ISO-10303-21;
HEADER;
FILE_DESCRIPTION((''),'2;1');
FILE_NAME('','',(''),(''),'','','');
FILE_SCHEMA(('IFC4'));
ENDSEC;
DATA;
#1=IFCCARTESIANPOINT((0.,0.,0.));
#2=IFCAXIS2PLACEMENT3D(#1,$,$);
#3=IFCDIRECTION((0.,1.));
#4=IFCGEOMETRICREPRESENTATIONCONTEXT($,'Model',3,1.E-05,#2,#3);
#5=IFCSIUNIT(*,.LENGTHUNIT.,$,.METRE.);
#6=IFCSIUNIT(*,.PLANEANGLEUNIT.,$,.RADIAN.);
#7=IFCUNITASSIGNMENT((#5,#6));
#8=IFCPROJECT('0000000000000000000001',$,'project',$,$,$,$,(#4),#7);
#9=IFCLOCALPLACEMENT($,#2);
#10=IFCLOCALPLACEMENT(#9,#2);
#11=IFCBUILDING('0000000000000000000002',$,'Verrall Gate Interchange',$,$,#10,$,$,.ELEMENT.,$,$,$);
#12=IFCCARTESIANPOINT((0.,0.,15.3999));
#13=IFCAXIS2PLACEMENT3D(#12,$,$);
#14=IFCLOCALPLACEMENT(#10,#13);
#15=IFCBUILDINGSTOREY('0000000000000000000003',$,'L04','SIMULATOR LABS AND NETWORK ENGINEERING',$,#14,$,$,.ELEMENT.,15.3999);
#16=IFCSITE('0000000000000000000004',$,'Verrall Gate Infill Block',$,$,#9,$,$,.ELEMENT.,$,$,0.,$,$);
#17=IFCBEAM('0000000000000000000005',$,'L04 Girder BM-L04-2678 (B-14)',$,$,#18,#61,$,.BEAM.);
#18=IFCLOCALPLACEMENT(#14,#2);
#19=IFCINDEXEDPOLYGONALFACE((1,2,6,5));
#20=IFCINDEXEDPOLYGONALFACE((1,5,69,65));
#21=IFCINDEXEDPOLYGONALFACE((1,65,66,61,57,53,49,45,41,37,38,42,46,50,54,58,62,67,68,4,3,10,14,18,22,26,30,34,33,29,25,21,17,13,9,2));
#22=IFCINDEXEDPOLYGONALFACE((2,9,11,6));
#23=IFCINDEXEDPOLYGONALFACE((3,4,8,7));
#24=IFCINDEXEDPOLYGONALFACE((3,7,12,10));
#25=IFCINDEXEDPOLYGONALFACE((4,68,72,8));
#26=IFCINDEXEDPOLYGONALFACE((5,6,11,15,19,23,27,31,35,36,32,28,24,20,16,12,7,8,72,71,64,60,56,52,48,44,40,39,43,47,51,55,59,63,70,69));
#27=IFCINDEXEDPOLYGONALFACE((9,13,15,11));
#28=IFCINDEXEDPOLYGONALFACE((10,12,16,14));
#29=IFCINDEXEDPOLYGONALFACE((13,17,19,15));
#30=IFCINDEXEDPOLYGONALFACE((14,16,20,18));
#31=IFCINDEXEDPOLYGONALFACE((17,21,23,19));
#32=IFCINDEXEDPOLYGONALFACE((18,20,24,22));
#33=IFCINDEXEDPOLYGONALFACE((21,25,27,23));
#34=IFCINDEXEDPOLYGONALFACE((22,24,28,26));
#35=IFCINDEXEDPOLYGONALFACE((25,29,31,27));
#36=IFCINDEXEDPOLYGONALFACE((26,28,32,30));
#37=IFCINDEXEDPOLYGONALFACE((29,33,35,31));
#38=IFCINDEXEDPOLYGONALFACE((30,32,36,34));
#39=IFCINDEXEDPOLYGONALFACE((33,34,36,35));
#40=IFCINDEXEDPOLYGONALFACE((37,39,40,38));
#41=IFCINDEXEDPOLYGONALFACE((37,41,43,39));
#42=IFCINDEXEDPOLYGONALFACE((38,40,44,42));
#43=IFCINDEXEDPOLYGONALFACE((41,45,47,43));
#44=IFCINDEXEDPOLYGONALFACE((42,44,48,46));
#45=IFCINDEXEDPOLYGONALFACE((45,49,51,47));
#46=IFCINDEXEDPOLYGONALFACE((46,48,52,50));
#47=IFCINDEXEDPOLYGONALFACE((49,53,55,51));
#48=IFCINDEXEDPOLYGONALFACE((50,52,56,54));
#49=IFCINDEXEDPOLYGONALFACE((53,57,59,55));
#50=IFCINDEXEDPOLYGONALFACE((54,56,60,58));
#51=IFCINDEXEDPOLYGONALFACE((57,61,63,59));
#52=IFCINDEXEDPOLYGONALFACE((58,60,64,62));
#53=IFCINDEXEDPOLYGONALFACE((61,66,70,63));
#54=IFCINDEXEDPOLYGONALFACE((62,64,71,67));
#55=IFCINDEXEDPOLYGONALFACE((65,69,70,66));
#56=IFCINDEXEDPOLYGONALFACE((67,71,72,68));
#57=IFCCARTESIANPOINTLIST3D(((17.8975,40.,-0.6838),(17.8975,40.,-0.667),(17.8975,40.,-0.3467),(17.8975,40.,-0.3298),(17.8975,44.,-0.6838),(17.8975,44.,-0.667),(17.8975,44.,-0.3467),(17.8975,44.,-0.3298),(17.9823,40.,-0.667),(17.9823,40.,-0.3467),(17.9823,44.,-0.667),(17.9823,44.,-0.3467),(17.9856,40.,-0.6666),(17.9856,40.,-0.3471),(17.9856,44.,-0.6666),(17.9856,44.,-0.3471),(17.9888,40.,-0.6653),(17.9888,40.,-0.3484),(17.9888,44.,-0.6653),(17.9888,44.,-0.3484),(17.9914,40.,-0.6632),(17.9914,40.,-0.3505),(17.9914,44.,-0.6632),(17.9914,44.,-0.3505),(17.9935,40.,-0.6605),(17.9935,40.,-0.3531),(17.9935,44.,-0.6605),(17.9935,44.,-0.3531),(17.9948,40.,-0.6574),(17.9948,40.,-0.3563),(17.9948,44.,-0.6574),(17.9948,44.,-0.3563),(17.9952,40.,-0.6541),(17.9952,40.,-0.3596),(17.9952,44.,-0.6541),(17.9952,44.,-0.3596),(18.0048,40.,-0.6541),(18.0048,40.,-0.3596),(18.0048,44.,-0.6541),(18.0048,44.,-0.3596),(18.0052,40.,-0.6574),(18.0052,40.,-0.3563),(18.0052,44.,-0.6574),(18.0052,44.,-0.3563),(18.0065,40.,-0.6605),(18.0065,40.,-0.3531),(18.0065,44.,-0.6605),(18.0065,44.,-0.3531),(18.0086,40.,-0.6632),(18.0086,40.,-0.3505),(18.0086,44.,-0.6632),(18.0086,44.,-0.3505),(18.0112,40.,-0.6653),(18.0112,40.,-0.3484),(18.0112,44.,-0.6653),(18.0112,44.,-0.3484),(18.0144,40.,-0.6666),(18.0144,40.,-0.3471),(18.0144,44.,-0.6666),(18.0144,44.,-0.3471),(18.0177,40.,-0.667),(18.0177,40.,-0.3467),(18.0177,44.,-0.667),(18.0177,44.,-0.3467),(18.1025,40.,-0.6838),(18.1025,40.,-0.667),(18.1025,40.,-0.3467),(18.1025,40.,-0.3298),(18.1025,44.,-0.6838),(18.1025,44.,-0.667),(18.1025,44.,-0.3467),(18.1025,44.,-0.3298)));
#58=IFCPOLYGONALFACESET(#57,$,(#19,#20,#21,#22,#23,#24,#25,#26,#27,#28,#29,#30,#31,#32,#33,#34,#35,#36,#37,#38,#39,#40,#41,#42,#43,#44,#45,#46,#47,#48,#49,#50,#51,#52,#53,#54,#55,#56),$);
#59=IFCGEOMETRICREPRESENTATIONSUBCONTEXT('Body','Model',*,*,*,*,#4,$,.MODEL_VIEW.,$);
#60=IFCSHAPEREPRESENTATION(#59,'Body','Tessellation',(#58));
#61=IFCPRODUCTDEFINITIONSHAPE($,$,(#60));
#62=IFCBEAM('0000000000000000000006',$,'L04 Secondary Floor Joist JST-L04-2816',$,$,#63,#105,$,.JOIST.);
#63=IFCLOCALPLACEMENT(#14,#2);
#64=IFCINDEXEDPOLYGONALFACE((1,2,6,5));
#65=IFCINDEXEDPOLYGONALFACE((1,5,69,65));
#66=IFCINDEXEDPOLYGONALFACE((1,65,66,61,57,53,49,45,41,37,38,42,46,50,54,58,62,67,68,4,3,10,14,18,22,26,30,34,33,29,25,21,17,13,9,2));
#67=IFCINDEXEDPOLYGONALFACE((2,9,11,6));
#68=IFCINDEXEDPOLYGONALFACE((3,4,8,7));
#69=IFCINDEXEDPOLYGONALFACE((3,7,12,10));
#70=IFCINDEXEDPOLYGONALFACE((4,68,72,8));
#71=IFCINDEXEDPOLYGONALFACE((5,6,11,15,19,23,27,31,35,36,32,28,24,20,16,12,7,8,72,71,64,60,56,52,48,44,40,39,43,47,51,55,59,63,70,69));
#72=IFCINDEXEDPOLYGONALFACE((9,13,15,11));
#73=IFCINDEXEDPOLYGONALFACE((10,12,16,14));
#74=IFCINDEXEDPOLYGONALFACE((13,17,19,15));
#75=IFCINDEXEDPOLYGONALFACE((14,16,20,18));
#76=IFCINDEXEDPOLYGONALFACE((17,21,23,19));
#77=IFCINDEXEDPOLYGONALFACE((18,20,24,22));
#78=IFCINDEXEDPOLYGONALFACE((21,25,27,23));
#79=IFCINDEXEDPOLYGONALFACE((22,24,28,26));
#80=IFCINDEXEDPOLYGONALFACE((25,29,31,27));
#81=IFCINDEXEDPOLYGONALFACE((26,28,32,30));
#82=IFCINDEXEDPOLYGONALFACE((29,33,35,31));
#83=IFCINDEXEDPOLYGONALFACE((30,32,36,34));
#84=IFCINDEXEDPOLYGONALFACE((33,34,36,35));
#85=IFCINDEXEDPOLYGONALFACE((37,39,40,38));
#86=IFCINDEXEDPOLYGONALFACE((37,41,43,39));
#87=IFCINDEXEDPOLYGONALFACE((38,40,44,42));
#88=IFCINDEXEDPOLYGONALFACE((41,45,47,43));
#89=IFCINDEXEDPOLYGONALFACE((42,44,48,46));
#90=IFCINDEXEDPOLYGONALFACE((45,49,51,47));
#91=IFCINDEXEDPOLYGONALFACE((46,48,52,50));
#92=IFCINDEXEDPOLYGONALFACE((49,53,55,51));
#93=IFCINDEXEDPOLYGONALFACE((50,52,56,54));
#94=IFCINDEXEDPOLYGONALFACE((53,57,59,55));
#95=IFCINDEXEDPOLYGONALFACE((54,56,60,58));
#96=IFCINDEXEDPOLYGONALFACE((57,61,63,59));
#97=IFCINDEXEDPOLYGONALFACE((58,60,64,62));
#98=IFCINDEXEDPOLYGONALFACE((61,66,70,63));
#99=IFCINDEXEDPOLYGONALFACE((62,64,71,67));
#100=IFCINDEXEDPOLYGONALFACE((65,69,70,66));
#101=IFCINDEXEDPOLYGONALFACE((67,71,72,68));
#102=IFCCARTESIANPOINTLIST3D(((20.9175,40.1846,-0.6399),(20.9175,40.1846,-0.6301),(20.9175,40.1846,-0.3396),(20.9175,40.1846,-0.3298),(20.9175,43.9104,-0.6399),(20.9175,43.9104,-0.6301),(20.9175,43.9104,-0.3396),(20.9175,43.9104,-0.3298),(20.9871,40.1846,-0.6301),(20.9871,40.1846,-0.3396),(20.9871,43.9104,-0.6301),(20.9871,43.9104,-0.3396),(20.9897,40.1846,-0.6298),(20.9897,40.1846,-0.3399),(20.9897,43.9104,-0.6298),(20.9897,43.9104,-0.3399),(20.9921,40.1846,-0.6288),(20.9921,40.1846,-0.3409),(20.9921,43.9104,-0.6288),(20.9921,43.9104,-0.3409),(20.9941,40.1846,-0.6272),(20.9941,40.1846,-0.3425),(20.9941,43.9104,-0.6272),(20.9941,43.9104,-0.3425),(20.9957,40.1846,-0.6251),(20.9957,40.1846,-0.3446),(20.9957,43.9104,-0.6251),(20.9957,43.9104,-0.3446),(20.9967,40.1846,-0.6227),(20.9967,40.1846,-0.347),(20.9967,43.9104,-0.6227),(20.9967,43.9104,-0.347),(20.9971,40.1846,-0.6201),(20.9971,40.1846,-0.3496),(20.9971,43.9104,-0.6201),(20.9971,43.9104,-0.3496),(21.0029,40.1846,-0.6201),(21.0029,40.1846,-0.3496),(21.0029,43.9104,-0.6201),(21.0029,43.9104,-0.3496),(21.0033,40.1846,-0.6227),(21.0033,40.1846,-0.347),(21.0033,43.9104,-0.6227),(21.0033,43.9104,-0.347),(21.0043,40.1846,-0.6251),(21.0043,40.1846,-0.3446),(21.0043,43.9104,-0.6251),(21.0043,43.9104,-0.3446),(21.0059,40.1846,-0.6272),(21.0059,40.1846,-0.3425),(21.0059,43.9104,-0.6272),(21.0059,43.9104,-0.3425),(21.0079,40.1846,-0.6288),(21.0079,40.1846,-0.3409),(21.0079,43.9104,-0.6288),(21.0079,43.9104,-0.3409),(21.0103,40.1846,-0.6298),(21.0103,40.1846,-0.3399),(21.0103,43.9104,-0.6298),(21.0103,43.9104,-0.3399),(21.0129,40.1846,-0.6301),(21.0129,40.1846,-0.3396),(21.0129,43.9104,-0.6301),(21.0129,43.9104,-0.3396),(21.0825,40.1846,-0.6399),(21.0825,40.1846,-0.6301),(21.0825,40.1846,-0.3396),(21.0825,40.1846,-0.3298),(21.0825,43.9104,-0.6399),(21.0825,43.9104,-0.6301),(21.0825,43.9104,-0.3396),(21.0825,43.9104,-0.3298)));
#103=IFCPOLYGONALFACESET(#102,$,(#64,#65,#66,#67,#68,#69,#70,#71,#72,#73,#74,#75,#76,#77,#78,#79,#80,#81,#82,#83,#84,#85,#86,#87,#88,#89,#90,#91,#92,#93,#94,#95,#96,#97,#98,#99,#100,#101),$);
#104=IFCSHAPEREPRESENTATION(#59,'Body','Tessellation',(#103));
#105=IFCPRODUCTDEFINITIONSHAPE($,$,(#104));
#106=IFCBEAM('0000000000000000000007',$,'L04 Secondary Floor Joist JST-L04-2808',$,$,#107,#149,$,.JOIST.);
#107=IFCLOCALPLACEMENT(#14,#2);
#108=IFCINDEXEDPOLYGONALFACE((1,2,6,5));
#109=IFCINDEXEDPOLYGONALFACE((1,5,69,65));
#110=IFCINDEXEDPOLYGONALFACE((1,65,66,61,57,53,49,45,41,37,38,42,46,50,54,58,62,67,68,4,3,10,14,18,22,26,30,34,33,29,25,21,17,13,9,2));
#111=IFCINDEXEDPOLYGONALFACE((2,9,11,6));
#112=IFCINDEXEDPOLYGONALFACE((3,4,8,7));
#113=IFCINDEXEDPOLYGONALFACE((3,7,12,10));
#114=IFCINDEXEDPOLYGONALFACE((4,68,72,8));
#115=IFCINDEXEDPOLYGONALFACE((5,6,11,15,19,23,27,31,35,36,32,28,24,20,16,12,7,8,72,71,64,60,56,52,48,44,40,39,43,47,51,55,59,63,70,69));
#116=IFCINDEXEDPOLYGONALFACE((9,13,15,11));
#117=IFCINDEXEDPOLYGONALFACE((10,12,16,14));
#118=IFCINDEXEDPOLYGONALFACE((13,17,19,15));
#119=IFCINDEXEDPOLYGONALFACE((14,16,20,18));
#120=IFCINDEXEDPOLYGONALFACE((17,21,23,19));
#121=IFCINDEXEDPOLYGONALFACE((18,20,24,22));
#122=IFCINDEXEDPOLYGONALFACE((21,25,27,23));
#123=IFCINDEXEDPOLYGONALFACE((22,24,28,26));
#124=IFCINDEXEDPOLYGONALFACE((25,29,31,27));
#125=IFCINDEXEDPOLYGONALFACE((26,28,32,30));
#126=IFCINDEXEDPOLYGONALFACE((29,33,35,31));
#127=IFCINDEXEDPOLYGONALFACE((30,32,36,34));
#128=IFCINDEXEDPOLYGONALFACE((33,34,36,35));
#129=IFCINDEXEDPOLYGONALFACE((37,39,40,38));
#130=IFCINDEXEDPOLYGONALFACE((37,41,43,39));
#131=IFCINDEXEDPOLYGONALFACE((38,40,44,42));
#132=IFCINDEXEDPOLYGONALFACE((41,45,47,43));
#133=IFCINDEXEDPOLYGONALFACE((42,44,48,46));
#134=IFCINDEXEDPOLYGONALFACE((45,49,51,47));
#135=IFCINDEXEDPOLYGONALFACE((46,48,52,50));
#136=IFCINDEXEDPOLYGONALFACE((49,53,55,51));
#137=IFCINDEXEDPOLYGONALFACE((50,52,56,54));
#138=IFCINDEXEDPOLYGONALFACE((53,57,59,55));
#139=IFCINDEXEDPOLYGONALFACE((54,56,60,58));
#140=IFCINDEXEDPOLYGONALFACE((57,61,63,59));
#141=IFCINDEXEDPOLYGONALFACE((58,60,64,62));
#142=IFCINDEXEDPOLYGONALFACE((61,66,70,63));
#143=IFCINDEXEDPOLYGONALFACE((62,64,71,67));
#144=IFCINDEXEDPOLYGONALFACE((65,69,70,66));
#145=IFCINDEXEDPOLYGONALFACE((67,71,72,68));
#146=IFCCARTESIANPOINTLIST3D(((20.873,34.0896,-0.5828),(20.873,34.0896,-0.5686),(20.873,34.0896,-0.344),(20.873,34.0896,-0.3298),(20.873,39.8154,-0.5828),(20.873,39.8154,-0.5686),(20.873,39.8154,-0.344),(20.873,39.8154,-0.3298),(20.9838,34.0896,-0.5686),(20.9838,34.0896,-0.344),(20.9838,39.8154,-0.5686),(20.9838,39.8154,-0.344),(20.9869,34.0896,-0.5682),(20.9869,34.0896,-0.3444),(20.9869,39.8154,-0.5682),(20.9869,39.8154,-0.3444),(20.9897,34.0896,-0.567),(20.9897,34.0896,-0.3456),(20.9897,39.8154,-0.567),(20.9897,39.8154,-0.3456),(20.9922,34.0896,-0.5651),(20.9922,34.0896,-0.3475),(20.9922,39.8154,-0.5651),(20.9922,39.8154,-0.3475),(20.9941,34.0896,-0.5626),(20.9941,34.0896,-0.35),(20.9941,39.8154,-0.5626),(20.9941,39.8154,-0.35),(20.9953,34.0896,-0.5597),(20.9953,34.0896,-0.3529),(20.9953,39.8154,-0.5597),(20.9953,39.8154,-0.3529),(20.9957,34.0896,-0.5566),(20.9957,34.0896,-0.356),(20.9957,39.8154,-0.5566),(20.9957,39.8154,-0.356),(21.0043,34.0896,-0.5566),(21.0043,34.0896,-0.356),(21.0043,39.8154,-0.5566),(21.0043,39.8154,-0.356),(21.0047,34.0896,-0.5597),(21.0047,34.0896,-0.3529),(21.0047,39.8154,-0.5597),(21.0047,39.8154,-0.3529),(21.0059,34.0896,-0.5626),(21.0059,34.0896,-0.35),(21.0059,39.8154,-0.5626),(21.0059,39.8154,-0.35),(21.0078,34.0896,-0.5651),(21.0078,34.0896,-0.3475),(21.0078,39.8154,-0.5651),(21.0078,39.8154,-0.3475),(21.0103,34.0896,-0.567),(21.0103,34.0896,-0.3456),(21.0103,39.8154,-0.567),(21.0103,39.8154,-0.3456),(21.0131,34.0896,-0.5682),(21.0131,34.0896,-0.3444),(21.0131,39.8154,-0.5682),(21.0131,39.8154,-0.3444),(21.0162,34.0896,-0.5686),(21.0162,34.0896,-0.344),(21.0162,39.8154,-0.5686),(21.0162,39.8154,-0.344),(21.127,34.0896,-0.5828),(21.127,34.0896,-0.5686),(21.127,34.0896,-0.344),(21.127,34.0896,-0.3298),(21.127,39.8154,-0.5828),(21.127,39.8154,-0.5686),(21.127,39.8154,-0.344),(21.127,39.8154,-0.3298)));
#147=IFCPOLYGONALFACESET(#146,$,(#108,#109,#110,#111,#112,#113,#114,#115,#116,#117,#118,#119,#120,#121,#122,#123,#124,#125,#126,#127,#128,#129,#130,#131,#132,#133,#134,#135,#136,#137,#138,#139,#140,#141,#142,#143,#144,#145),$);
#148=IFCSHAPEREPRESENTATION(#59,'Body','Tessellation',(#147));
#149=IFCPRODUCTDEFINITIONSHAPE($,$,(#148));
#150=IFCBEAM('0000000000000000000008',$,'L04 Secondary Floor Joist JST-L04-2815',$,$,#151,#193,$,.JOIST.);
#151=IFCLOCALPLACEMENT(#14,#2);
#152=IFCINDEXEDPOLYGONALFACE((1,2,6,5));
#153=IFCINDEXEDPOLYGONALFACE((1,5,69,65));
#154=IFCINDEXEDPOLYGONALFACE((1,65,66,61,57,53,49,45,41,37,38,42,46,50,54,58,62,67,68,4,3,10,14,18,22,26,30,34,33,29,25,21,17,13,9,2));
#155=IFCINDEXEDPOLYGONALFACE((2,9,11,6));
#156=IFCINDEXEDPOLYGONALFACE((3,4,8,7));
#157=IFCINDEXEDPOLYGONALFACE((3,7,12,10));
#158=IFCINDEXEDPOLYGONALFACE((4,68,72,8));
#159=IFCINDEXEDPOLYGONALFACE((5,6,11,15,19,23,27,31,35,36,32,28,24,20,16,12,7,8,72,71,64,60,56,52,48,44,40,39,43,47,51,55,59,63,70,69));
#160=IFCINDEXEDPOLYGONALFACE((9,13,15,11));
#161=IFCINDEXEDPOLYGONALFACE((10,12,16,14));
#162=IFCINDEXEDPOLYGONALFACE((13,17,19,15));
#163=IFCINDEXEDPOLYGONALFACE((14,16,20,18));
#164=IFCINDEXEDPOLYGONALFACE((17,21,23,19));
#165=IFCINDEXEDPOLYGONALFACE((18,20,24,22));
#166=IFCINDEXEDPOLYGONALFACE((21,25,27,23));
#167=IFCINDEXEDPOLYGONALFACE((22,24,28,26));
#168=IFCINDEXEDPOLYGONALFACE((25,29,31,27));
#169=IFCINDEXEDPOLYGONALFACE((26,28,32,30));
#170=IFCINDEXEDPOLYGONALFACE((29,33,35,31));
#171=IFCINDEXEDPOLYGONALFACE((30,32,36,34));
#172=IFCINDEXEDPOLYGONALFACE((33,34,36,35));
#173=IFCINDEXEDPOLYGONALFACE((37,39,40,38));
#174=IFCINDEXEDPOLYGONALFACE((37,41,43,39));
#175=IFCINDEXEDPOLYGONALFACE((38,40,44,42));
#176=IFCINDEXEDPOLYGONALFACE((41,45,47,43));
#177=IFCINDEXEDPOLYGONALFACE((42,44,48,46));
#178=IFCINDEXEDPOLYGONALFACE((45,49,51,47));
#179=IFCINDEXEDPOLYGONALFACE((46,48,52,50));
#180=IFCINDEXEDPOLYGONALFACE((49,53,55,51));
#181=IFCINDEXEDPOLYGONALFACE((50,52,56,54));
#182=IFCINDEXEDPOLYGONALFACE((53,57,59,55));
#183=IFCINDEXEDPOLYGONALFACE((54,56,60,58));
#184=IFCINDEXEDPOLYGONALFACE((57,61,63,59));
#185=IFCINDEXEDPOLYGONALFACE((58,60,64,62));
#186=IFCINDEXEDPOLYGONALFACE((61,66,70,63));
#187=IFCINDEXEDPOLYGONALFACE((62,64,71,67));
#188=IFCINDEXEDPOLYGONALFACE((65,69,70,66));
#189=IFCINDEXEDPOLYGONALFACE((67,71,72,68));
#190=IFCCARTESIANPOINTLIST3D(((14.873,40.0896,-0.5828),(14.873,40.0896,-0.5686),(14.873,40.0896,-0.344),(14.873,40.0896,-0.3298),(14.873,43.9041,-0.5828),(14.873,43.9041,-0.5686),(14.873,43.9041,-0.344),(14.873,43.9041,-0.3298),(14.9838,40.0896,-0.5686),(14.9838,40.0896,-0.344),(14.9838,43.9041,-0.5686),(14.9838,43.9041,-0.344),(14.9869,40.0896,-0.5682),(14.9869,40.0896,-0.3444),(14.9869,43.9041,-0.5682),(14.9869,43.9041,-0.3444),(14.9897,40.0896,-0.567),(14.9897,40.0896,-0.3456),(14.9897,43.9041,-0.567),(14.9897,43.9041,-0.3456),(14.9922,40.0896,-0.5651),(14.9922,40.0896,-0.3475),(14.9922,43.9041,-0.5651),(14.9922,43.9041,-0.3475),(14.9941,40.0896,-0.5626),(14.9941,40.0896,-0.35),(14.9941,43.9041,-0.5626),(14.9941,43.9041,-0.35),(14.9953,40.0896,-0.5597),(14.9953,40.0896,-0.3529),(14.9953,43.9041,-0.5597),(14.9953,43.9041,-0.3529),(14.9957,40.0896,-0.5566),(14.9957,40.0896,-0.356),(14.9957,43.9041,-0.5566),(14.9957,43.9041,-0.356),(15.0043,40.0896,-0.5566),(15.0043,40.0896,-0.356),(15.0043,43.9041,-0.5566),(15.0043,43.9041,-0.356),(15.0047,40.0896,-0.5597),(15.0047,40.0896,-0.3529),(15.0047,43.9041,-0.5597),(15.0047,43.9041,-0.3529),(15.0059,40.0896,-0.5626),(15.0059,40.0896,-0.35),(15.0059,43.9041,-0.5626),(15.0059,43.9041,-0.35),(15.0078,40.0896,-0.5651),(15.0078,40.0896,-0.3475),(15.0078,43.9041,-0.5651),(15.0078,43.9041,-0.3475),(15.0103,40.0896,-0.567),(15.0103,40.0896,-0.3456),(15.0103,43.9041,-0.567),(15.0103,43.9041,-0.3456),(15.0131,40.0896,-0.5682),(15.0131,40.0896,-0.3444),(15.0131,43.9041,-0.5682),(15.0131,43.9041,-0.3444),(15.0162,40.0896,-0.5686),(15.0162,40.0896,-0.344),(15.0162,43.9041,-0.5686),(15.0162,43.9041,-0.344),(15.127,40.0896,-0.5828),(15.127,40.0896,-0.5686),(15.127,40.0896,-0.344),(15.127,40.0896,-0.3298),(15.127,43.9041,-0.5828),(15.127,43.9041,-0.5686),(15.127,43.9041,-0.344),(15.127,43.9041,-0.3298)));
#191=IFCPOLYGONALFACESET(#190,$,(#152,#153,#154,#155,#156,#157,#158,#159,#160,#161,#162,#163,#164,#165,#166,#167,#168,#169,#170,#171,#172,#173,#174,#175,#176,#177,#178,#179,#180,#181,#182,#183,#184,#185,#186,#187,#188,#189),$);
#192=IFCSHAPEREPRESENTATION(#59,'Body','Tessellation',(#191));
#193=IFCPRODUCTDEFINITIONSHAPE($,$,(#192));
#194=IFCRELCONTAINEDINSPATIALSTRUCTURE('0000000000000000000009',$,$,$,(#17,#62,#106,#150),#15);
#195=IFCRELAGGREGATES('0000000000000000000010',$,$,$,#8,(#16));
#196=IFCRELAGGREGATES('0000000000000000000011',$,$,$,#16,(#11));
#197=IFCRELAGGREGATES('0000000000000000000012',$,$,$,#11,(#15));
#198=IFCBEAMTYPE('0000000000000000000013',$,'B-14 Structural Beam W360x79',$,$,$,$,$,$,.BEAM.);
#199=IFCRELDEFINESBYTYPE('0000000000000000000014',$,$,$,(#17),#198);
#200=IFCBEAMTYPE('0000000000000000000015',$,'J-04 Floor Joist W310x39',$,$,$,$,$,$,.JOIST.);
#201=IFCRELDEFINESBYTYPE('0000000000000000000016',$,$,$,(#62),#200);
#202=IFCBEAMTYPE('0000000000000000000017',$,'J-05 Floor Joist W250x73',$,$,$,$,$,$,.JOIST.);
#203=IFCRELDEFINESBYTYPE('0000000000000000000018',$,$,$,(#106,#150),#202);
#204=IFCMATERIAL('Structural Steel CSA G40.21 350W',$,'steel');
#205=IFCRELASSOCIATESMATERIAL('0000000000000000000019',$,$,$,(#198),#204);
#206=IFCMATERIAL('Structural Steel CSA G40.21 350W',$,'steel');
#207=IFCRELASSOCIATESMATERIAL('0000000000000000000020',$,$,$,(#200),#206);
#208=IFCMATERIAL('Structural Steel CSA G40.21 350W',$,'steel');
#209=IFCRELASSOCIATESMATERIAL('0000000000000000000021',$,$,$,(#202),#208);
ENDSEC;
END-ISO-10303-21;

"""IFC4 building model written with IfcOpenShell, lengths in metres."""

from ifc_helpers import new_model, si_unit, direction, frame, origin, origin_2d, place, context, subcontext, project, spatial, i_section, extrude, material, material_profile, profile_set, type_object, element, save


model = new_model("IFC4")

# Units and contexts
model_context = context("Model", 3, precision=1e-05, world=origin(), true_north=direction((0.0, 1.0)))
body_context = subcontext(model_context, "Body", "Model", "MODEL_VIEW")
ifc_project = project(units=[si_unit("LENGTHUNIT", "METRE"), si_unit("PLANEANGLEUNIT", "RADIAN")], contexts=[model_context])

# Site, building, storey
site_placement = place(None, origin())
site = spatial("IfcSite", under=ifc_project, at=site_placement, Name="Verrall Gate Infill Block", CompositionType="ELEMENT", RefElevation=0.0)
building_placement = place(site_placement, origin())
building = spatial("IfcBuilding", under=site, at=building_placement, Name="Verrall Gate Interchange", CompositionType="ELEMENT")
storey_placement = place(building_placement, frame((0.0, 0.0, 15.3999)))
storey = spatial("IfcBuildingStorey", under=building, at=storey_placement, Name="L04", Description="SIMULATOR LABS AND NETWORK ENGINEERING", CompositionType="ELEMENT", Elevation=15.3999)

# Beams
ifc_material_1 = material(Name="Structural Steel CSA G40.21 350W", Category="steel")
ifc_material_profile_1 = material_profile(ifc_material_1, i_section(OverallWidth=0.2051, OverallDepth=0.354, WebThickness=0.0095, FlangeThickness=0.0168, FilletRadius=0.0129, at=origin_2d()), Name="W360x79")
ifc_profile_set_1 = profile_set([ifc_material_profile_1], Name="Structural Steel CSA G40.21 350W")
beam_type_1 = type_object("IfcBeamType", Name="B-14 Structural Beam W360x79", PredefinedType="BEAM", material=ifc_profile_set_1)
beam_1_placement = place(storey_placement, frame((18.0, 40.0, -0.5068), z_axis=(0.0, 1.0, 0.0), x_axis=(-1.0, 0.0, 0.0)))
element("IfcBeam", 1, at=beam_1_placement, inside=storey, type_object=beam_type_1, Name="L04 Girder BM-L04-2678 (B-14)", PredefinedType="BEAM", context=body_context, shape_type="SweptSolid", body=[
    extrude(i_section(OverallWidth=0.2051, OverallDepth=0.354, WebThickness=0.0095, FlangeThickness=0.0168, FilletRadius=0.0129, at=origin_2d()), origin(), (0.0, 0.0, 1.0), 4.0),
])
ifc_material_2 = material(Name="Structural Steel CSA G40.21 350W", Category="steel")
ifc_material_profile_2 = material_profile(ifc_material_2, i_section(OverallWidth=0.165, OverallDepth=0.3101, WebThickness=0.0059, FlangeThickness=0.0098, FilletRadius=0.01, at=origin_2d()), Name="W310x39")
ifc_profile_set_2 = profile_set([ifc_material_profile_2], Name="Structural Steel CSA G40.21 350W")
beam_type_2 = type_object("IfcBeamType", Name="J-04 Floor Joist W310x39", PredefinedType="JOIST", material=ifc_profile_set_2)
beam_2_placement = place(storey_placement, frame((21.0, 40.1846, -0.4849), z_axis=(0.0, 1.0, 0.0), x_axis=(-1.0, 0.0, 0.0)))
element("IfcBeam", 2, at=beam_2_placement, inside=storey, type_object=beam_type_2, Name="L04 Secondary Floor Joist JST-L04-2816", PredefinedType="JOIST", context=body_context, shape_type="SweptSolid", body=[
    extrude(i_section(OverallWidth=0.165, OverallDepth=0.3101, WebThickness=0.0059, FlangeThickness=0.0098, FilletRadius=0.01, at=origin_2d()), origin(), (0.0, 0.0, 1.0), 3.7258),
])
ifc_material_3 = material(Name="Structural Steel CSA G40.21 350W", Category="steel")
ifc_material_profile_3 = material_profile(ifc_material_3, i_section(OverallWidth=0.2539, OverallDepth=0.2529, WebThickness=0.0085, FlangeThickness=0.0142, FilletRadius=0.012, at=origin_2d()), Name="W250x73")
ifc_profile_set_3 = profile_set([ifc_material_profile_3], Name="Structural Steel CSA G40.21 350W")
beam_type_3 = type_object("IfcBeamType", Name="J-05 Floor Joist W250x73", PredefinedType="JOIST", material=ifc_profile_set_3)
beam_3_placement = place(storey_placement, frame((21.0, 34.0896, -0.4563), z_axis=(0.0, 1.0, 0.0), x_axis=(-1.0, 0.0, 0.0)))
element("IfcBeam", 3, at=beam_3_placement, inside=storey, type_object=beam_type_3, Name="L04 Secondary Floor Joist JST-L04-2808", PredefinedType="JOIST", context=body_context, shape_type="SweptSolid", body=[
    extrude(i_section(OverallWidth=0.2539, OverallDepth=0.2529, WebThickness=0.0085, FlangeThickness=0.0142, FilletRadius=0.012, at=origin_2d()), origin(), (0.0, 0.0, 1.0), 5.7258),
])
beam_4_placement = place(storey_placement, frame((15.0, 40.0896, -0.4563), z_axis=(0.0, 1.0, 0.0), x_axis=(-1.0, 0.0, 0.0)))
element("IfcBeam", 4, at=beam_4_placement, inside=storey, type_object=beam_type_3, Name="L04 Secondary Floor Joist JST-L04-2815", PredefinedType="JOIST", context=body_context, shape_type="SweptSolid", body=[
    extrude(i_section(OverallWidth=0.2539, OverallDepth=0.2529, WebThickness=0.0085, FlangeThickness=0.0142, FilletRadius=0.012, at=origin_2d()), origin(), (0.0, 0.0, 1.0), 3.8145),
])

save(model, "model.ifc")
